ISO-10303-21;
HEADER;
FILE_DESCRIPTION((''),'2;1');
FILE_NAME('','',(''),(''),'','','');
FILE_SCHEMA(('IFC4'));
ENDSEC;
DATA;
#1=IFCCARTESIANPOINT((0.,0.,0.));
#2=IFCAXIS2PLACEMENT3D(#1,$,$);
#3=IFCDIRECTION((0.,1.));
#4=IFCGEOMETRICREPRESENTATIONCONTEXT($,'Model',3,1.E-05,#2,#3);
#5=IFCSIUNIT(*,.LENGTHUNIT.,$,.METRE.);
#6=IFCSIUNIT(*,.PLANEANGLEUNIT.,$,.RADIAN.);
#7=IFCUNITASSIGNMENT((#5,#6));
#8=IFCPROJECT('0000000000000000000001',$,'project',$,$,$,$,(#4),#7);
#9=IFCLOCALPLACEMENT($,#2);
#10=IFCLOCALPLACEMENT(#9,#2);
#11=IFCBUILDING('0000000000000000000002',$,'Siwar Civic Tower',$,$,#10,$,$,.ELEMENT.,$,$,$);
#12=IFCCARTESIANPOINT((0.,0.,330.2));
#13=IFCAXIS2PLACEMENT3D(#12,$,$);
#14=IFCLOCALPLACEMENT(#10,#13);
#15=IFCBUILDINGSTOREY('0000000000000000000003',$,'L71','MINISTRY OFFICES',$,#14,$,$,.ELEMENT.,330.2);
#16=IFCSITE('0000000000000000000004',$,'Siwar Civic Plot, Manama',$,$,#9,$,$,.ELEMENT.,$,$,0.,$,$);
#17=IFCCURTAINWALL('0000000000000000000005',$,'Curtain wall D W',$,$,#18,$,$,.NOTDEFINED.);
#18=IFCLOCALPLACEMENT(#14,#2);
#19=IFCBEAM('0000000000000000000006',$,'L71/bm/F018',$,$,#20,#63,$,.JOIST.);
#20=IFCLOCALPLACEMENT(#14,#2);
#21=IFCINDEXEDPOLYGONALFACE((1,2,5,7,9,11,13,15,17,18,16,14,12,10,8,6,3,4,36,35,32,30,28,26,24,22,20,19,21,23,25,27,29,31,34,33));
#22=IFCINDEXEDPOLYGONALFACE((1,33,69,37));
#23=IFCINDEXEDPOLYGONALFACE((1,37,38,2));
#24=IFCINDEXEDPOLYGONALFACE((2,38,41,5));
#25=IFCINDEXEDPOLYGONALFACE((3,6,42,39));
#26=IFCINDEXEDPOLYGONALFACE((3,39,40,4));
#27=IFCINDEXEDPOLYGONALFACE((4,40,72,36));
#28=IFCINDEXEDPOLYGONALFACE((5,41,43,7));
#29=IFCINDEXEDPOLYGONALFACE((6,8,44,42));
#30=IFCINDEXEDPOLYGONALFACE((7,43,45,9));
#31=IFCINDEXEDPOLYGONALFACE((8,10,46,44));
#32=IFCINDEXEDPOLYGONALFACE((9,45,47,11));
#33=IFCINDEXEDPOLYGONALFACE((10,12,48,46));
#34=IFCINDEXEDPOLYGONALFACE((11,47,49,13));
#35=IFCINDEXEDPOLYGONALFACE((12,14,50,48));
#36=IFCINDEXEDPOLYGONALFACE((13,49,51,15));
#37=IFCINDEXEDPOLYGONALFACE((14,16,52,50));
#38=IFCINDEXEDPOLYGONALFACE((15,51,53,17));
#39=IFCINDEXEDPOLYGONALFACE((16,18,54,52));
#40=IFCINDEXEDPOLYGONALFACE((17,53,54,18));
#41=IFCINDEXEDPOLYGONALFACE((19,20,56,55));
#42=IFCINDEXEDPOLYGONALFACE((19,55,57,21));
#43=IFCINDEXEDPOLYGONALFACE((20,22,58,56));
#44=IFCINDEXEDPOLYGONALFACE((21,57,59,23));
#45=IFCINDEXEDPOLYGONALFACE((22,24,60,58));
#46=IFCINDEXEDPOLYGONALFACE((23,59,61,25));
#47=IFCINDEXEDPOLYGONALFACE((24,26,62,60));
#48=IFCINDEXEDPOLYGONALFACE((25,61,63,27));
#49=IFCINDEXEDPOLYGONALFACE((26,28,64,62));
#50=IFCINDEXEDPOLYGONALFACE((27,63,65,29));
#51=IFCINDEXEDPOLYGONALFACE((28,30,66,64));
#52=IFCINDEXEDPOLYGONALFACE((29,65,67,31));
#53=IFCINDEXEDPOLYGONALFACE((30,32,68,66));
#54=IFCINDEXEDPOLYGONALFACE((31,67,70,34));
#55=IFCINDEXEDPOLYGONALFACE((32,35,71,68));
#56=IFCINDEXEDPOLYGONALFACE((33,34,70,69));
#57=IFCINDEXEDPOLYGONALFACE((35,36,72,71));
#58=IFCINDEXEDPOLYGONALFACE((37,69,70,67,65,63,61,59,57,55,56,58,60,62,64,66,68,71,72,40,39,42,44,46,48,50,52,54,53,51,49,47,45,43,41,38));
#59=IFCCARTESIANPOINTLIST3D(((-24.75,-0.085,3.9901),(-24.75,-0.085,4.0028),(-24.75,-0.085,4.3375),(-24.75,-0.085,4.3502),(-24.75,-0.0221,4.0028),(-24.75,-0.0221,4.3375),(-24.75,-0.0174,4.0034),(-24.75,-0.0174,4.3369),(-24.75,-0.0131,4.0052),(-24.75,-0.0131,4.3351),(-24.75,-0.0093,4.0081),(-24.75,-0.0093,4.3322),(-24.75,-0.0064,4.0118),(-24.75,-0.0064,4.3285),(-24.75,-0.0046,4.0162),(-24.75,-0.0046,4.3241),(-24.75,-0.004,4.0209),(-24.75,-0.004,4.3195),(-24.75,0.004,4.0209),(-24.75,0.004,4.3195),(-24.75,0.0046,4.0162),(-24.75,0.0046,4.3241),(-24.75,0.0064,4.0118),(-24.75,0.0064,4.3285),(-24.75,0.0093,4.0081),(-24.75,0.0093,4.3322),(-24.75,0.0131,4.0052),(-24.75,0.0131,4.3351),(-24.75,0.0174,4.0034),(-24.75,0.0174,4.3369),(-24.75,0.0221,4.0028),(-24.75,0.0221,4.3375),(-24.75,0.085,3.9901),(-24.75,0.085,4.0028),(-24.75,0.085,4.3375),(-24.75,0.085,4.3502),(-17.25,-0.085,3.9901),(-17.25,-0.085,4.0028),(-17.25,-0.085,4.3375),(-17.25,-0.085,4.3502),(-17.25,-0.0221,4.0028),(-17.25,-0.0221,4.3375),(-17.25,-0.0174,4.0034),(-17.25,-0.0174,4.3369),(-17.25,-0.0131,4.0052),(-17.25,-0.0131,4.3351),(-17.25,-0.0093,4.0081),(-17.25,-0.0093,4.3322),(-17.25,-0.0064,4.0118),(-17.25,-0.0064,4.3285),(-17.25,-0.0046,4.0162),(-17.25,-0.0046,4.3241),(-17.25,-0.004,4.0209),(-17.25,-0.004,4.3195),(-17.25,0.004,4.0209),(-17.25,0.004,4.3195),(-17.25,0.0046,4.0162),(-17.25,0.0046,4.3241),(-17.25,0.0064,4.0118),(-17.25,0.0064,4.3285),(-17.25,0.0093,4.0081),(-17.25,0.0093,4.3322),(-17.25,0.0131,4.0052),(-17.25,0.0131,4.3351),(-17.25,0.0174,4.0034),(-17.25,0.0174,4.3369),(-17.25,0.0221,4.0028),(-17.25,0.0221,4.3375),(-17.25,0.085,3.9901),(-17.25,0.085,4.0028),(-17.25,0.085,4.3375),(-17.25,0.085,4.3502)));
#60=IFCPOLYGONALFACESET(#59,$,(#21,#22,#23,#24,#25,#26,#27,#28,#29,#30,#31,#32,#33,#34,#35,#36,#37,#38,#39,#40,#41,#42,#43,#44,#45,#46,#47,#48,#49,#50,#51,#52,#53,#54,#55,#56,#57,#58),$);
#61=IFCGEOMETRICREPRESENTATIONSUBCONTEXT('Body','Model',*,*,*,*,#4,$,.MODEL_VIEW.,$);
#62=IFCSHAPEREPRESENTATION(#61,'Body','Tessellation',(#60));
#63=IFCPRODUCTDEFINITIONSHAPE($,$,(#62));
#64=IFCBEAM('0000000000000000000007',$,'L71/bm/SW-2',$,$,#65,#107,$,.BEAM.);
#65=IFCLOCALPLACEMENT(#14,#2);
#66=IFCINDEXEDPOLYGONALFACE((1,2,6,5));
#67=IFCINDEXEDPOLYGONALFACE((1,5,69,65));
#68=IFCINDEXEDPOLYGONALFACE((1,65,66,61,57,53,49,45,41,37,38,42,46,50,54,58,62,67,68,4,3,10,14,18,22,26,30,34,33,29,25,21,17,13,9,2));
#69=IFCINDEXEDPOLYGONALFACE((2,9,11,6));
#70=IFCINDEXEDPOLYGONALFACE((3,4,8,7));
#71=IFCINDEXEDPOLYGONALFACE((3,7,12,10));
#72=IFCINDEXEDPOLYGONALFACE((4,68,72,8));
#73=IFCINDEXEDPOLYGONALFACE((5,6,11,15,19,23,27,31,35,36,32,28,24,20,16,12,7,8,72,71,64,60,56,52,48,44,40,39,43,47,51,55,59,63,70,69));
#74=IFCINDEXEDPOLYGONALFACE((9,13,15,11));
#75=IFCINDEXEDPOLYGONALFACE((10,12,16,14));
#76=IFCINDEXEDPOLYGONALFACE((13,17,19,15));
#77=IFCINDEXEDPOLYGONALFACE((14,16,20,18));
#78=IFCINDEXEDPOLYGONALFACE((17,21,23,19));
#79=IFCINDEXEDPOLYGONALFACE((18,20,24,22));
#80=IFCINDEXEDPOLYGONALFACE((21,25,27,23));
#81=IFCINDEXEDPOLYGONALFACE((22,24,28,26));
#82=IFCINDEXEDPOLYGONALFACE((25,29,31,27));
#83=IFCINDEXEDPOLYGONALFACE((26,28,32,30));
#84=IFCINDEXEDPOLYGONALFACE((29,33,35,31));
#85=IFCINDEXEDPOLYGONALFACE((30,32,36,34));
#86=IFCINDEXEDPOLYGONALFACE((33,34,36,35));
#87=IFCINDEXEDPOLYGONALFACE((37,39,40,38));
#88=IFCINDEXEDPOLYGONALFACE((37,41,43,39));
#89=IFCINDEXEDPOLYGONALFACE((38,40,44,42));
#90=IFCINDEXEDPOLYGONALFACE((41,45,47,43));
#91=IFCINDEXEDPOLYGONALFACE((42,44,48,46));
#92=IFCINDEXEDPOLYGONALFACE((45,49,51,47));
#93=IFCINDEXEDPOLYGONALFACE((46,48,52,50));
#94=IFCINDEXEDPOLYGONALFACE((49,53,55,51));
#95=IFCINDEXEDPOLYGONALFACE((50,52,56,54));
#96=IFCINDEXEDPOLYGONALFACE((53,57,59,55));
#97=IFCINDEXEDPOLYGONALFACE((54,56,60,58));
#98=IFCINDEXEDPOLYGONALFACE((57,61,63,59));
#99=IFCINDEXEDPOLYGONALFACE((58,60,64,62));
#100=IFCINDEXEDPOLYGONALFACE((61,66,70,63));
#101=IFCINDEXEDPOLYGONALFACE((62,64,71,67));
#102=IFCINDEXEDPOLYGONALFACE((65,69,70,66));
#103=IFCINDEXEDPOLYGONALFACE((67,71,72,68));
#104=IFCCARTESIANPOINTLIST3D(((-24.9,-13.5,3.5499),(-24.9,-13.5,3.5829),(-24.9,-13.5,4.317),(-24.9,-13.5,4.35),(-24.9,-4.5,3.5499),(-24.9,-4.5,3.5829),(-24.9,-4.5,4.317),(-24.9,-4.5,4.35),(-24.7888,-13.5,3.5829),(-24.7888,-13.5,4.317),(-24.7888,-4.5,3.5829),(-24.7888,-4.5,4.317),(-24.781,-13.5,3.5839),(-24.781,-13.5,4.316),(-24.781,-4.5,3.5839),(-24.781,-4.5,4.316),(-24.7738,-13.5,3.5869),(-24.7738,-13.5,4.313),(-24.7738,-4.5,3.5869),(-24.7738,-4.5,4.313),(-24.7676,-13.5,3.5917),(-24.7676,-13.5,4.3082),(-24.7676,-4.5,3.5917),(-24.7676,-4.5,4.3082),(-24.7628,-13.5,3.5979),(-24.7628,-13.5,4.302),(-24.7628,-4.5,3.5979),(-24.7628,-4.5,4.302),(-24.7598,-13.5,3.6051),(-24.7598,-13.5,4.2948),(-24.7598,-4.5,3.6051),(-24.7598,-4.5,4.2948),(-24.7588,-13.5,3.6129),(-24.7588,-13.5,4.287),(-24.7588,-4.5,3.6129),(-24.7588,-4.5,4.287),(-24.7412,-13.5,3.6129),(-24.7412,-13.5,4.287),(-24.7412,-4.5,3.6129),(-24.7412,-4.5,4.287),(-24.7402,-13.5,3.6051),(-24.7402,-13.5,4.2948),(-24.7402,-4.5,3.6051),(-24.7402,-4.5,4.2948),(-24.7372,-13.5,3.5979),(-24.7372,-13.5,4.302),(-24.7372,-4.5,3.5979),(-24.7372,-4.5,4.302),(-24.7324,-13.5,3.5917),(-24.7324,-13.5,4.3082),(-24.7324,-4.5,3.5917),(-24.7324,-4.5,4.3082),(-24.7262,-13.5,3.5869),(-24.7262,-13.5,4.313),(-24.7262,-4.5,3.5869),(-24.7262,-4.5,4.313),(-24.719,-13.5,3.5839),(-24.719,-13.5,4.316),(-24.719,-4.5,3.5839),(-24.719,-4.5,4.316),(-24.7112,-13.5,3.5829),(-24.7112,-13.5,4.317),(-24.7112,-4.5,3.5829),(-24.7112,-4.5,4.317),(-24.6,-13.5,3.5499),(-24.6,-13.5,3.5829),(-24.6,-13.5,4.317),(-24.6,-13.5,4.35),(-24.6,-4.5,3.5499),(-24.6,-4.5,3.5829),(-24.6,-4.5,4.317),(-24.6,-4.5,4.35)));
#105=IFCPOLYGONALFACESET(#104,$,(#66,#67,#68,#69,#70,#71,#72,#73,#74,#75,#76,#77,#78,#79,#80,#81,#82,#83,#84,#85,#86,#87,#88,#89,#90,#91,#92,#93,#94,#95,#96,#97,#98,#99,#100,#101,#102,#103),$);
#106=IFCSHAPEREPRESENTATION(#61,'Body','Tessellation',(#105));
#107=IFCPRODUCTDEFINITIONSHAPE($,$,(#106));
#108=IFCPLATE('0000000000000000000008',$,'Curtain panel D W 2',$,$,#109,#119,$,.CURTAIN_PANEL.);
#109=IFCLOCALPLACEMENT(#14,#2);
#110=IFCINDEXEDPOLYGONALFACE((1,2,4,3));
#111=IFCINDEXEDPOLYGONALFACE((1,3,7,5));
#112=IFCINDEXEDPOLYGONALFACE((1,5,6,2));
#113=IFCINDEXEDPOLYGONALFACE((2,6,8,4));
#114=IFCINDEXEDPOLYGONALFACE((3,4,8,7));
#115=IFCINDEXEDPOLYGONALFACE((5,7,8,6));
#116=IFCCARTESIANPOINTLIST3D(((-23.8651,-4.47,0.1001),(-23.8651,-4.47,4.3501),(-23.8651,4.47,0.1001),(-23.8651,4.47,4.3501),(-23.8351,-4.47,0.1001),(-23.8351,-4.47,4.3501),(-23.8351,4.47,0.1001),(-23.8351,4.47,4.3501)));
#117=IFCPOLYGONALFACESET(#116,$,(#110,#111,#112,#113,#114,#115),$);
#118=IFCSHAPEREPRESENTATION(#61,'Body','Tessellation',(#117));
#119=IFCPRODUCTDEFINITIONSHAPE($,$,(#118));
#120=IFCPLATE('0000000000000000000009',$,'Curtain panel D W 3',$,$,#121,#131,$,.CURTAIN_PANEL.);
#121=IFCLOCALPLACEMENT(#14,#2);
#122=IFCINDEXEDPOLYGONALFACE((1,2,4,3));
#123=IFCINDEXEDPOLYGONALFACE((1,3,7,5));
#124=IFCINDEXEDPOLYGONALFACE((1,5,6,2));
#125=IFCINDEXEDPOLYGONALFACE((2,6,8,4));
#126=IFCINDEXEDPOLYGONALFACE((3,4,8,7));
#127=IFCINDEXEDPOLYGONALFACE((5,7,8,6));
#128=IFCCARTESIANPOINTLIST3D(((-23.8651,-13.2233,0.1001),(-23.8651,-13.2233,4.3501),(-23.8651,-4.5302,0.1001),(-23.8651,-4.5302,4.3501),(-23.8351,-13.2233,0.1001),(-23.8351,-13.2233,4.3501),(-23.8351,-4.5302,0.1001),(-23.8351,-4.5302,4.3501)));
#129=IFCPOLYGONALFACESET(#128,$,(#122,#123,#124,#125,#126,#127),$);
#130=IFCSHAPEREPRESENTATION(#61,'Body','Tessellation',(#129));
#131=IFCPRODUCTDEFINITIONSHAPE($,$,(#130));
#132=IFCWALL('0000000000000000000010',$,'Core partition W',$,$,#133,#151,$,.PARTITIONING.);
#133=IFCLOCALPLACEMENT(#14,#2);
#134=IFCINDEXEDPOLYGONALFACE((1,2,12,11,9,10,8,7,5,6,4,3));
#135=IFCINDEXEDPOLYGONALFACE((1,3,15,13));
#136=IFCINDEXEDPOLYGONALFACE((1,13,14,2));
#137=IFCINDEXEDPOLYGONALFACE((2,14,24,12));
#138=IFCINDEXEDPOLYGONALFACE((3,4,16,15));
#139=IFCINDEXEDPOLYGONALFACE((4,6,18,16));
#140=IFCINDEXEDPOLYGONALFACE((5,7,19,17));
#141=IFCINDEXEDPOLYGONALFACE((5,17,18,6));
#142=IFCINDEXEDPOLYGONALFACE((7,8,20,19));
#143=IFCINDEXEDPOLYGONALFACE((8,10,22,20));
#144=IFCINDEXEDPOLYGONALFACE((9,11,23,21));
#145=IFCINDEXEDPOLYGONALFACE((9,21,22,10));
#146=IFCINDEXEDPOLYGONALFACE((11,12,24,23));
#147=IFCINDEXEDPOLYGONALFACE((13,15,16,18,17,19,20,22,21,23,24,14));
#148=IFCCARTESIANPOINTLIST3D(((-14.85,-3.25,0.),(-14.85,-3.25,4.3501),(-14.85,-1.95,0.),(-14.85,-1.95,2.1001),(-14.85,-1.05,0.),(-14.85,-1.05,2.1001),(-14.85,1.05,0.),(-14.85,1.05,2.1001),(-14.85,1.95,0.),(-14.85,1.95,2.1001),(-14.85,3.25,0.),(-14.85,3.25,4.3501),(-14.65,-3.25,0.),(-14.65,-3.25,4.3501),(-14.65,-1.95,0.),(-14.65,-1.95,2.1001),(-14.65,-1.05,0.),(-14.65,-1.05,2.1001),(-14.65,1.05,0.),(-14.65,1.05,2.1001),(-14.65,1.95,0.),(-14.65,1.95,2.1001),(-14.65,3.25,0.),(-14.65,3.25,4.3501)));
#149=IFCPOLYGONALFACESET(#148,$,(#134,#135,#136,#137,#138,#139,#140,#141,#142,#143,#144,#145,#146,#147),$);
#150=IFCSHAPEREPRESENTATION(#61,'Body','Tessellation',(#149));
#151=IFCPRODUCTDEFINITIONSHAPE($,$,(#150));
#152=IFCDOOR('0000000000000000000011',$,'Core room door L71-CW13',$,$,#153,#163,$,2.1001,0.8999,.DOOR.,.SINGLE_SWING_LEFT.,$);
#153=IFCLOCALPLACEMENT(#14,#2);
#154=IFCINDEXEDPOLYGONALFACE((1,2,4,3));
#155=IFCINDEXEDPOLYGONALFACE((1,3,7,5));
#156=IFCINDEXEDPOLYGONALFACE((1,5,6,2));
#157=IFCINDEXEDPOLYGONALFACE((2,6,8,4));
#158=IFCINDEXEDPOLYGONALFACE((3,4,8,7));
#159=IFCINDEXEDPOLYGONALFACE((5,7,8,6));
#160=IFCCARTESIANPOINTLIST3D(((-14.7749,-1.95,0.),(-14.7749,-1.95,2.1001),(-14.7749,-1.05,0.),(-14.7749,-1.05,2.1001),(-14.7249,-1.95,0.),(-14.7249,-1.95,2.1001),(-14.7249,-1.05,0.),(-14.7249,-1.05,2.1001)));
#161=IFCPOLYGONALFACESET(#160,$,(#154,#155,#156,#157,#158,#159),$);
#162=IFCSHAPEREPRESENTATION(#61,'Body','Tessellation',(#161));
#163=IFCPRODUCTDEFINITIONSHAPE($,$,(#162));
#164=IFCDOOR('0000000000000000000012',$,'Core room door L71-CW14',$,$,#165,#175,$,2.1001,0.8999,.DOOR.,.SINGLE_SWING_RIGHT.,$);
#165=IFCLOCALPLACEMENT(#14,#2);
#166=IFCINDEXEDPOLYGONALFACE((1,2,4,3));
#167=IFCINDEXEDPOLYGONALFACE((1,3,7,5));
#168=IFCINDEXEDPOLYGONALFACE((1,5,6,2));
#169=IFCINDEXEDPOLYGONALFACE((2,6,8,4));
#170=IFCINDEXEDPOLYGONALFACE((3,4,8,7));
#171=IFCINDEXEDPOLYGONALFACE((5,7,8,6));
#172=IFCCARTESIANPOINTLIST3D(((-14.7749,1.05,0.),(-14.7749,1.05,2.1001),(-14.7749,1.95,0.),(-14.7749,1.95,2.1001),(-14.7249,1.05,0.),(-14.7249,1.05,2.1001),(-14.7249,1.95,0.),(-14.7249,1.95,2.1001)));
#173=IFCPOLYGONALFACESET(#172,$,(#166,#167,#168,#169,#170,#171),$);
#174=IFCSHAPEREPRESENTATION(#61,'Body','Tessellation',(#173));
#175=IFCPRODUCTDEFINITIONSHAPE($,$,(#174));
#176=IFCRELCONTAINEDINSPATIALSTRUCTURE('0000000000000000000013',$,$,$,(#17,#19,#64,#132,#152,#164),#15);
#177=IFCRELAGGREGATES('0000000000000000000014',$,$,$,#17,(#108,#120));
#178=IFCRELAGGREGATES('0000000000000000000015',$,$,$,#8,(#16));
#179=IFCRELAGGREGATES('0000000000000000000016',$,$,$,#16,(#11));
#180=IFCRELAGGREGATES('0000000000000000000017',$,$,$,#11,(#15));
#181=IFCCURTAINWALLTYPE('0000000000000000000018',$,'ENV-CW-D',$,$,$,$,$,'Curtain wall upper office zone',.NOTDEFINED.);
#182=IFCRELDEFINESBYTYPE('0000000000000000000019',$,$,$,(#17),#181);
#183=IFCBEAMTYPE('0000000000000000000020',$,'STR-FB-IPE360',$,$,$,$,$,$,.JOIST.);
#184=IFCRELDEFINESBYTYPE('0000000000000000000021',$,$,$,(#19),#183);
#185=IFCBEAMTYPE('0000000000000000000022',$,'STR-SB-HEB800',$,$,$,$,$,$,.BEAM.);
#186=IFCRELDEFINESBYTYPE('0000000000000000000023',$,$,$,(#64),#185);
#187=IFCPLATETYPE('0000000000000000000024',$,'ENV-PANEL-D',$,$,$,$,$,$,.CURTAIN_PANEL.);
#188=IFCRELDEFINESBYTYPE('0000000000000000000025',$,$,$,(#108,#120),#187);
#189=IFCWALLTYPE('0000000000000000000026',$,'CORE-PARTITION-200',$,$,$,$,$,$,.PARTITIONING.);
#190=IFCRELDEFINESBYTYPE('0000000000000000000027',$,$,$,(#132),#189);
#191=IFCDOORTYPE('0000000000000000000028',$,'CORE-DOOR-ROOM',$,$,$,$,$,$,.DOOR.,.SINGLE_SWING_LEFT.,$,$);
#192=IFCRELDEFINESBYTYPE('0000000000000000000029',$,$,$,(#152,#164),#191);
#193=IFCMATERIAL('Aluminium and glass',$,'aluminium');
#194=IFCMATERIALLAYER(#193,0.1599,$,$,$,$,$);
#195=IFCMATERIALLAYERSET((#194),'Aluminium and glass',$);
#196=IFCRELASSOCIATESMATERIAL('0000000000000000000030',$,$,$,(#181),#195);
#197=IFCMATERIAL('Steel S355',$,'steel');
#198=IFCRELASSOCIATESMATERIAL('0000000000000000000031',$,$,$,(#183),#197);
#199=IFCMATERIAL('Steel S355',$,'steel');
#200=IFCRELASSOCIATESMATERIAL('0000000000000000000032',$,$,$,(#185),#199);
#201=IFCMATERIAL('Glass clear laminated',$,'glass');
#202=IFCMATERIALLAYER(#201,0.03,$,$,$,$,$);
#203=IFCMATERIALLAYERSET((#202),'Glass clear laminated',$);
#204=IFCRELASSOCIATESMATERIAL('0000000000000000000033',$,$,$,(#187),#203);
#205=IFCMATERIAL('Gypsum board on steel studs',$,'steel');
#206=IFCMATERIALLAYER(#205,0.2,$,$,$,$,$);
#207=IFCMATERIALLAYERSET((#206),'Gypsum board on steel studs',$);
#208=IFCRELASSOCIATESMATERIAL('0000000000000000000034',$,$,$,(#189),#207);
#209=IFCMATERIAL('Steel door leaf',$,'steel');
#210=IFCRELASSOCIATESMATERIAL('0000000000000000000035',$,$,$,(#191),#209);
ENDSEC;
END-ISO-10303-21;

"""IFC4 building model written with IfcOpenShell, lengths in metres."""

from ifc_helpers import new_model, si_unit, direction, frame, frame_2d, origin, origin_2d, place, context, subcontext, project, spatial, rectangle, i_section, extrude, material, layer, layer_set, material_profile, profile_set, type_object, element, fill, aggregate, save


model = new_model("IFC4")

# Units and contexts
model_context = context("Model", 3, precision=1e-05, world=origin(), true_north=direction((0.0, 1.0)))
body_context = subcontext(model_context, "Body", "Model", "MODEL_VIEW")
ifc_project = project(units=[si_unit("LENGTHUNIT", "METRE"), si_unit("PLANEANGLEUNIT", "RADIAN")], contexts=[model_context])

# Site, building, storey
site_placement = place(None, origin())
site = spatial("IfcSite", under=ifc_project, at=site_placement, Name="Siwar Civic Plot, Manama", CompositionType="ELEMENT", RefElevation=0.0)
building_placement = place(site_placement, origin())
building = spatial("IfcBuilding", under=site, at=building_placement, Name="Siwar Civic Tower", CompositionType="ELEMENT")
storey_placement = place(building_placement, frame((0.0, 0.0, 330.2)))
storey = spatial("IfcBuildingStorey", under=building, at=storey_placement, Name="L71", Description="MINISTRY OFFICES", CompositionType="ELEMENT", Elevation=330.2)

# Curtain wall
ifc_material_1 = material(Name="Aluminium and glass", Category="aluminium")
ifc_layer_1 = layer(ifc_material_1, 0.1599)
ifc_layer_set_1 = layer_set([ifc_layer_1], Name="Aluminium and glass")
curtain_wall_type_1 = type_object("IfcCurtainWallType", Name="ENV-CW-D", ElementType="Curtain wall upper office zone", PredefinedType="NOTDEFINED", material=ifc_layer_set_1)
curtain_wall_1_placement = place(storey_placement, origin())
curtain_wall_1 = element("IfcCurtainWall", 1, at=curtain_wall_1_placement, inside=storey, type_object=curtain_wall_type_1, Name="Curtain wall D W", PredefinedType="NOTDEFINED")

# Beams
ifc_material_2 = material(Name="Steel S355", Category="steel")
ifc_material_profile_1 = material_profile(ifc_material_2, i_section(OverallWidth=0.1699, OverallDepth=0.3601, WebThickness=0.0081, FlangeThickness=0.0127, FilletRadius=0.0181, at=origin_2d()), Name="IPE360")
ifc_profile_set_1 = profile_set([ifc_material_profile_1], Name="Steel S355")
beam_type_1 = type_object("IfcBeamType", Name="STR-FB-IPE360", PredefinedType="JOIST", material=ifc_profile_set_1)
for number, where, z_axis, x_axis, name in (
    (2, (-24.75, 0.0, 4.1702), (1.0, 0.0, 0.0), (0.0, 1.0, 0.0), "L71/bm/F018"),
):
    element("IfcBeam", number, at=place(storey_placement, frame(where, z_axis=z_axis, x_axis=x_axis)), inside=storey, type_object=beam_type_1, Name=name, PredefinedType="JOIST", context=body_context, shape_type="SweptSolid", body=[
        extrude(i_section(OverallWidth=0.1699, OverallDepth=0.3601, WebThickness=0.0081, FlangeThickness=0.0127, FilletRadius=0.0181, at=origin_2d()), origin(), (0.0, 0.0, 1.0), 7.5),
    ])
ifc_material_3 = material(Name="Steel S355", Category="steel")
ifc_material_profile_2 = material_profile(ifc_material_3, i_section(OverallWidth=0.3, OverallDepth=0.8, WebThickness=0.0176, FlangeThickness=0.033, FilletRadius=0.03, at=origin_2d()), Name="HEB800")
ifc_profile_set_2 = profile_set([ifc_material_profile_2], Name="Steel S355")
beam_type_2 = type_object("IfcBeamType", Name="STR-SB-HEB800", PredefinedType="BEAM", material=ifc_profile_set_2)
beam_placement = place(storey_placement, frame((-24.75, -4.5, 3.95), z_axis=(0.0, -1.0, 0.0), x_axis=(1.0, 0.0, 0.0)))
element("IfcBeam", 3, at=beam_placement, inside=storey, type_object=beam_type_2, Name="L71/bm/SW-2", PredefinedType="BEAM", context=body_context, shape_type="SweptSolid", body=[
    extrude(i_section(OverallWidth=0.3, OverallDepth=0.8, WebThickness=0.0176, FlangeThickness=0.033, FilletRadius=0.03, at=origin_2d()), origin(), (0.0, 0.0, 1.0), 9.0),
])

# Plates
ifc_material_4 = material(Name="Glass clear laminated", Category="glass")
ifc_layer_2 = layer(ifc_material_4, 0.03)
ifc_layer_set_2 = layer_set([ifc_layer_2], Name="Glass clear laminated")
plate_type = type_object("IfcPlateType", Name="ENV-PANEL-D", PredefinedType="CURTAIN_PANEL", material=ifc_layer_set_2)
plate_1_placement = place(storey_placement, frame((-23.8501, 0.0, 0.1001), z_axis=(0.0, 0.0, 1.0), x_axis=(0.0, -1.0, 0.0)))
plate_1 = element("IfcPlate", 4, at=plate_1_placement, type_object=plate_type, Name="Curtain panel D W 2", PredefinedType="CURTAIN_PANEL", context=body_context, shape_type="SweptSolid", body=[
    extrude(rectangle(XDim=8.9399, YDim=0.03, at=origin_2d()), origin(), (0.0, 0.0, 1.0), 4.25),
])
plate_2_placement = place(storey_placement, frame((-23.8501, -8.8767, 0.1001), z_axis=(0.0, 0.0, 1.0), x_axis=(0.0, -1.0, 0.0)))
plate_2 = element("IfcPlate", 5, at=plate_2_placement, type_object=plate_type, Name="Curtain panel D W 3", PredefinedType="CURTAIN_PANEL", context=body_context, shape_type="SweptSolid", body=[
    extrude(rectangle(XDim=8.6931, YDim=0.03, at=origin_2d()), origin(), (0.0, 0.0, 1.0), 4.25),
])
aggregate(curtain_wall_1, [plate_1, plate_2])

# Wall, openings, doors
ifc_material_5 = material(Name="Gypsum board on steel studs", Category="steel")
ifc_layer_3 = layer(ifc_material_5, 0.2)
ifc_layer_set_3 = layer_set([ifc_layer_3], Name="Gypsum board on steel studs")
wall_type_1 = type_object("IfcWallType", Name="CORE-PARTITION-200", PredefinedType="PARTITIONING", material=ifc_layer_set_3)
wall_1_placement = place(storey_placement, frame((-14.75, -3.25, 0.0), z_axis=(0.0, 0.0, 1.0), x_axis=(0.0, 1.0, 0.0)))
wall_1 = element("IfcWall", 6, at=wall_1_placement, inside=storey, type_object=wall_type_1, Name="Core partition W", PredefinedType="PARTITIONING", context=body_context, shape_type="SweptSolid", body=[
    extrude(rectangle(XDim=6.5, YDim=0.2, at=frame_2d((3.25, 0.0))), origin(), (0.0, 0.0, 1.0), 4.3501),
])
opening_1_placement = place(wall_1_placement, frame((1.3, 0.0, 0.0)))
opening_1 = element("IfcOpeningElement", 7, at=opening_1_placement, cuts=wall_1, PredefinedType="OPENING", context=body_context, shape_type="SweptSolid", body=[
    extrude(rectangle(XDim=0.8999, YDim=2.1001, at=frame_2d((0.45, 1.05))), frame((0.0, 0.1099, 0.0), z_axis=(0.0, -1.0, 0.0), x_axis=(1.0, 0.0, 0.0)), (0.0, 0.0, 1.0), 0.22),
])
opening_2_placement = place(wall_1_placement, frame((4.3, 0.0, 0.0)))
opening_2 = element("IfcOpeningElement", 8, at=opening_2_placement, cuts=wall_1, PredefinedType="OPENING", context=body_context, shape_type="SweptSolid", body=[
    extrude(rectangle(XDim=0.8999, YDim=2.1001, at=frame_2d((0.45, 1.05))), frame((0.0, 0.1099, 0.0), z_axis=(0.0, -1.0, 0.0), x_axis=(1.0, 0.0, 0.0)), (0.0, 0.0, 1.0), 0.22),
])
ifc_material_6 = material(Name="Steel door leaf", Category="steel")
door_type_1 = type_object("IfcDoorType", Name="CORE-DOOR-ROOM", OperationType="SINGLE_SWING_LEFT", PredefinedType="DOOR", material=ifc_material_6)
door_1_placement = place(opening_1_placement, origin())
door_1 = element("IfcDoor", 9, at=door_1_placement, inside=storey, type_object=door_type_1, Name="Core room door L71-CW13", OperationType="SINGLE_SWING_LEFT", OverallHeight=2.1001, OverallWidth=0.8999, PredefinedType="DOOR", context=body_context, shape_type="SweptSolid", body=[
    extrude(rectangle(XDim=0.8999, YDim=2.1001, at=frame_2d((0.45, 1.05))), frame((0.0, 0.0249, 0.0), z_axis=(0.0, -1.0, 0.0), x_axis=(1.0, 0.0, 0.0)), (0.0, 0.0, 1.0), 0.05),
])
fill(opening_1, door_1)
door_2_placement = place(opening_2_placement, origin())
door_2 = element("IfcDoor", 10, at=door_2_placement, inside=storey, type_object=door_type_1, Name="Core room door L71-CW14", OperationType="SINGLE_SWING_RIGHT", OverallHeight=2.1001, OverallWidth=0.8999, PredefinedType="DOOR", context=body_context, shape_type="SweptSolid", body=[
    extrude(rectangle(XDim=0.8999, YDim=2.1001, at=frame_2d((0.45, 1.05))), frame((0.0, 0.0249, 0.0), z_axis=(0.0, -1.0, 0.0), x_axis=(1.0, 0.0, 0.0)), (0.0, 0.0, 1.0), 0.05),
])
fill(opening_2, door_2)

save(model, "model.ifc")
